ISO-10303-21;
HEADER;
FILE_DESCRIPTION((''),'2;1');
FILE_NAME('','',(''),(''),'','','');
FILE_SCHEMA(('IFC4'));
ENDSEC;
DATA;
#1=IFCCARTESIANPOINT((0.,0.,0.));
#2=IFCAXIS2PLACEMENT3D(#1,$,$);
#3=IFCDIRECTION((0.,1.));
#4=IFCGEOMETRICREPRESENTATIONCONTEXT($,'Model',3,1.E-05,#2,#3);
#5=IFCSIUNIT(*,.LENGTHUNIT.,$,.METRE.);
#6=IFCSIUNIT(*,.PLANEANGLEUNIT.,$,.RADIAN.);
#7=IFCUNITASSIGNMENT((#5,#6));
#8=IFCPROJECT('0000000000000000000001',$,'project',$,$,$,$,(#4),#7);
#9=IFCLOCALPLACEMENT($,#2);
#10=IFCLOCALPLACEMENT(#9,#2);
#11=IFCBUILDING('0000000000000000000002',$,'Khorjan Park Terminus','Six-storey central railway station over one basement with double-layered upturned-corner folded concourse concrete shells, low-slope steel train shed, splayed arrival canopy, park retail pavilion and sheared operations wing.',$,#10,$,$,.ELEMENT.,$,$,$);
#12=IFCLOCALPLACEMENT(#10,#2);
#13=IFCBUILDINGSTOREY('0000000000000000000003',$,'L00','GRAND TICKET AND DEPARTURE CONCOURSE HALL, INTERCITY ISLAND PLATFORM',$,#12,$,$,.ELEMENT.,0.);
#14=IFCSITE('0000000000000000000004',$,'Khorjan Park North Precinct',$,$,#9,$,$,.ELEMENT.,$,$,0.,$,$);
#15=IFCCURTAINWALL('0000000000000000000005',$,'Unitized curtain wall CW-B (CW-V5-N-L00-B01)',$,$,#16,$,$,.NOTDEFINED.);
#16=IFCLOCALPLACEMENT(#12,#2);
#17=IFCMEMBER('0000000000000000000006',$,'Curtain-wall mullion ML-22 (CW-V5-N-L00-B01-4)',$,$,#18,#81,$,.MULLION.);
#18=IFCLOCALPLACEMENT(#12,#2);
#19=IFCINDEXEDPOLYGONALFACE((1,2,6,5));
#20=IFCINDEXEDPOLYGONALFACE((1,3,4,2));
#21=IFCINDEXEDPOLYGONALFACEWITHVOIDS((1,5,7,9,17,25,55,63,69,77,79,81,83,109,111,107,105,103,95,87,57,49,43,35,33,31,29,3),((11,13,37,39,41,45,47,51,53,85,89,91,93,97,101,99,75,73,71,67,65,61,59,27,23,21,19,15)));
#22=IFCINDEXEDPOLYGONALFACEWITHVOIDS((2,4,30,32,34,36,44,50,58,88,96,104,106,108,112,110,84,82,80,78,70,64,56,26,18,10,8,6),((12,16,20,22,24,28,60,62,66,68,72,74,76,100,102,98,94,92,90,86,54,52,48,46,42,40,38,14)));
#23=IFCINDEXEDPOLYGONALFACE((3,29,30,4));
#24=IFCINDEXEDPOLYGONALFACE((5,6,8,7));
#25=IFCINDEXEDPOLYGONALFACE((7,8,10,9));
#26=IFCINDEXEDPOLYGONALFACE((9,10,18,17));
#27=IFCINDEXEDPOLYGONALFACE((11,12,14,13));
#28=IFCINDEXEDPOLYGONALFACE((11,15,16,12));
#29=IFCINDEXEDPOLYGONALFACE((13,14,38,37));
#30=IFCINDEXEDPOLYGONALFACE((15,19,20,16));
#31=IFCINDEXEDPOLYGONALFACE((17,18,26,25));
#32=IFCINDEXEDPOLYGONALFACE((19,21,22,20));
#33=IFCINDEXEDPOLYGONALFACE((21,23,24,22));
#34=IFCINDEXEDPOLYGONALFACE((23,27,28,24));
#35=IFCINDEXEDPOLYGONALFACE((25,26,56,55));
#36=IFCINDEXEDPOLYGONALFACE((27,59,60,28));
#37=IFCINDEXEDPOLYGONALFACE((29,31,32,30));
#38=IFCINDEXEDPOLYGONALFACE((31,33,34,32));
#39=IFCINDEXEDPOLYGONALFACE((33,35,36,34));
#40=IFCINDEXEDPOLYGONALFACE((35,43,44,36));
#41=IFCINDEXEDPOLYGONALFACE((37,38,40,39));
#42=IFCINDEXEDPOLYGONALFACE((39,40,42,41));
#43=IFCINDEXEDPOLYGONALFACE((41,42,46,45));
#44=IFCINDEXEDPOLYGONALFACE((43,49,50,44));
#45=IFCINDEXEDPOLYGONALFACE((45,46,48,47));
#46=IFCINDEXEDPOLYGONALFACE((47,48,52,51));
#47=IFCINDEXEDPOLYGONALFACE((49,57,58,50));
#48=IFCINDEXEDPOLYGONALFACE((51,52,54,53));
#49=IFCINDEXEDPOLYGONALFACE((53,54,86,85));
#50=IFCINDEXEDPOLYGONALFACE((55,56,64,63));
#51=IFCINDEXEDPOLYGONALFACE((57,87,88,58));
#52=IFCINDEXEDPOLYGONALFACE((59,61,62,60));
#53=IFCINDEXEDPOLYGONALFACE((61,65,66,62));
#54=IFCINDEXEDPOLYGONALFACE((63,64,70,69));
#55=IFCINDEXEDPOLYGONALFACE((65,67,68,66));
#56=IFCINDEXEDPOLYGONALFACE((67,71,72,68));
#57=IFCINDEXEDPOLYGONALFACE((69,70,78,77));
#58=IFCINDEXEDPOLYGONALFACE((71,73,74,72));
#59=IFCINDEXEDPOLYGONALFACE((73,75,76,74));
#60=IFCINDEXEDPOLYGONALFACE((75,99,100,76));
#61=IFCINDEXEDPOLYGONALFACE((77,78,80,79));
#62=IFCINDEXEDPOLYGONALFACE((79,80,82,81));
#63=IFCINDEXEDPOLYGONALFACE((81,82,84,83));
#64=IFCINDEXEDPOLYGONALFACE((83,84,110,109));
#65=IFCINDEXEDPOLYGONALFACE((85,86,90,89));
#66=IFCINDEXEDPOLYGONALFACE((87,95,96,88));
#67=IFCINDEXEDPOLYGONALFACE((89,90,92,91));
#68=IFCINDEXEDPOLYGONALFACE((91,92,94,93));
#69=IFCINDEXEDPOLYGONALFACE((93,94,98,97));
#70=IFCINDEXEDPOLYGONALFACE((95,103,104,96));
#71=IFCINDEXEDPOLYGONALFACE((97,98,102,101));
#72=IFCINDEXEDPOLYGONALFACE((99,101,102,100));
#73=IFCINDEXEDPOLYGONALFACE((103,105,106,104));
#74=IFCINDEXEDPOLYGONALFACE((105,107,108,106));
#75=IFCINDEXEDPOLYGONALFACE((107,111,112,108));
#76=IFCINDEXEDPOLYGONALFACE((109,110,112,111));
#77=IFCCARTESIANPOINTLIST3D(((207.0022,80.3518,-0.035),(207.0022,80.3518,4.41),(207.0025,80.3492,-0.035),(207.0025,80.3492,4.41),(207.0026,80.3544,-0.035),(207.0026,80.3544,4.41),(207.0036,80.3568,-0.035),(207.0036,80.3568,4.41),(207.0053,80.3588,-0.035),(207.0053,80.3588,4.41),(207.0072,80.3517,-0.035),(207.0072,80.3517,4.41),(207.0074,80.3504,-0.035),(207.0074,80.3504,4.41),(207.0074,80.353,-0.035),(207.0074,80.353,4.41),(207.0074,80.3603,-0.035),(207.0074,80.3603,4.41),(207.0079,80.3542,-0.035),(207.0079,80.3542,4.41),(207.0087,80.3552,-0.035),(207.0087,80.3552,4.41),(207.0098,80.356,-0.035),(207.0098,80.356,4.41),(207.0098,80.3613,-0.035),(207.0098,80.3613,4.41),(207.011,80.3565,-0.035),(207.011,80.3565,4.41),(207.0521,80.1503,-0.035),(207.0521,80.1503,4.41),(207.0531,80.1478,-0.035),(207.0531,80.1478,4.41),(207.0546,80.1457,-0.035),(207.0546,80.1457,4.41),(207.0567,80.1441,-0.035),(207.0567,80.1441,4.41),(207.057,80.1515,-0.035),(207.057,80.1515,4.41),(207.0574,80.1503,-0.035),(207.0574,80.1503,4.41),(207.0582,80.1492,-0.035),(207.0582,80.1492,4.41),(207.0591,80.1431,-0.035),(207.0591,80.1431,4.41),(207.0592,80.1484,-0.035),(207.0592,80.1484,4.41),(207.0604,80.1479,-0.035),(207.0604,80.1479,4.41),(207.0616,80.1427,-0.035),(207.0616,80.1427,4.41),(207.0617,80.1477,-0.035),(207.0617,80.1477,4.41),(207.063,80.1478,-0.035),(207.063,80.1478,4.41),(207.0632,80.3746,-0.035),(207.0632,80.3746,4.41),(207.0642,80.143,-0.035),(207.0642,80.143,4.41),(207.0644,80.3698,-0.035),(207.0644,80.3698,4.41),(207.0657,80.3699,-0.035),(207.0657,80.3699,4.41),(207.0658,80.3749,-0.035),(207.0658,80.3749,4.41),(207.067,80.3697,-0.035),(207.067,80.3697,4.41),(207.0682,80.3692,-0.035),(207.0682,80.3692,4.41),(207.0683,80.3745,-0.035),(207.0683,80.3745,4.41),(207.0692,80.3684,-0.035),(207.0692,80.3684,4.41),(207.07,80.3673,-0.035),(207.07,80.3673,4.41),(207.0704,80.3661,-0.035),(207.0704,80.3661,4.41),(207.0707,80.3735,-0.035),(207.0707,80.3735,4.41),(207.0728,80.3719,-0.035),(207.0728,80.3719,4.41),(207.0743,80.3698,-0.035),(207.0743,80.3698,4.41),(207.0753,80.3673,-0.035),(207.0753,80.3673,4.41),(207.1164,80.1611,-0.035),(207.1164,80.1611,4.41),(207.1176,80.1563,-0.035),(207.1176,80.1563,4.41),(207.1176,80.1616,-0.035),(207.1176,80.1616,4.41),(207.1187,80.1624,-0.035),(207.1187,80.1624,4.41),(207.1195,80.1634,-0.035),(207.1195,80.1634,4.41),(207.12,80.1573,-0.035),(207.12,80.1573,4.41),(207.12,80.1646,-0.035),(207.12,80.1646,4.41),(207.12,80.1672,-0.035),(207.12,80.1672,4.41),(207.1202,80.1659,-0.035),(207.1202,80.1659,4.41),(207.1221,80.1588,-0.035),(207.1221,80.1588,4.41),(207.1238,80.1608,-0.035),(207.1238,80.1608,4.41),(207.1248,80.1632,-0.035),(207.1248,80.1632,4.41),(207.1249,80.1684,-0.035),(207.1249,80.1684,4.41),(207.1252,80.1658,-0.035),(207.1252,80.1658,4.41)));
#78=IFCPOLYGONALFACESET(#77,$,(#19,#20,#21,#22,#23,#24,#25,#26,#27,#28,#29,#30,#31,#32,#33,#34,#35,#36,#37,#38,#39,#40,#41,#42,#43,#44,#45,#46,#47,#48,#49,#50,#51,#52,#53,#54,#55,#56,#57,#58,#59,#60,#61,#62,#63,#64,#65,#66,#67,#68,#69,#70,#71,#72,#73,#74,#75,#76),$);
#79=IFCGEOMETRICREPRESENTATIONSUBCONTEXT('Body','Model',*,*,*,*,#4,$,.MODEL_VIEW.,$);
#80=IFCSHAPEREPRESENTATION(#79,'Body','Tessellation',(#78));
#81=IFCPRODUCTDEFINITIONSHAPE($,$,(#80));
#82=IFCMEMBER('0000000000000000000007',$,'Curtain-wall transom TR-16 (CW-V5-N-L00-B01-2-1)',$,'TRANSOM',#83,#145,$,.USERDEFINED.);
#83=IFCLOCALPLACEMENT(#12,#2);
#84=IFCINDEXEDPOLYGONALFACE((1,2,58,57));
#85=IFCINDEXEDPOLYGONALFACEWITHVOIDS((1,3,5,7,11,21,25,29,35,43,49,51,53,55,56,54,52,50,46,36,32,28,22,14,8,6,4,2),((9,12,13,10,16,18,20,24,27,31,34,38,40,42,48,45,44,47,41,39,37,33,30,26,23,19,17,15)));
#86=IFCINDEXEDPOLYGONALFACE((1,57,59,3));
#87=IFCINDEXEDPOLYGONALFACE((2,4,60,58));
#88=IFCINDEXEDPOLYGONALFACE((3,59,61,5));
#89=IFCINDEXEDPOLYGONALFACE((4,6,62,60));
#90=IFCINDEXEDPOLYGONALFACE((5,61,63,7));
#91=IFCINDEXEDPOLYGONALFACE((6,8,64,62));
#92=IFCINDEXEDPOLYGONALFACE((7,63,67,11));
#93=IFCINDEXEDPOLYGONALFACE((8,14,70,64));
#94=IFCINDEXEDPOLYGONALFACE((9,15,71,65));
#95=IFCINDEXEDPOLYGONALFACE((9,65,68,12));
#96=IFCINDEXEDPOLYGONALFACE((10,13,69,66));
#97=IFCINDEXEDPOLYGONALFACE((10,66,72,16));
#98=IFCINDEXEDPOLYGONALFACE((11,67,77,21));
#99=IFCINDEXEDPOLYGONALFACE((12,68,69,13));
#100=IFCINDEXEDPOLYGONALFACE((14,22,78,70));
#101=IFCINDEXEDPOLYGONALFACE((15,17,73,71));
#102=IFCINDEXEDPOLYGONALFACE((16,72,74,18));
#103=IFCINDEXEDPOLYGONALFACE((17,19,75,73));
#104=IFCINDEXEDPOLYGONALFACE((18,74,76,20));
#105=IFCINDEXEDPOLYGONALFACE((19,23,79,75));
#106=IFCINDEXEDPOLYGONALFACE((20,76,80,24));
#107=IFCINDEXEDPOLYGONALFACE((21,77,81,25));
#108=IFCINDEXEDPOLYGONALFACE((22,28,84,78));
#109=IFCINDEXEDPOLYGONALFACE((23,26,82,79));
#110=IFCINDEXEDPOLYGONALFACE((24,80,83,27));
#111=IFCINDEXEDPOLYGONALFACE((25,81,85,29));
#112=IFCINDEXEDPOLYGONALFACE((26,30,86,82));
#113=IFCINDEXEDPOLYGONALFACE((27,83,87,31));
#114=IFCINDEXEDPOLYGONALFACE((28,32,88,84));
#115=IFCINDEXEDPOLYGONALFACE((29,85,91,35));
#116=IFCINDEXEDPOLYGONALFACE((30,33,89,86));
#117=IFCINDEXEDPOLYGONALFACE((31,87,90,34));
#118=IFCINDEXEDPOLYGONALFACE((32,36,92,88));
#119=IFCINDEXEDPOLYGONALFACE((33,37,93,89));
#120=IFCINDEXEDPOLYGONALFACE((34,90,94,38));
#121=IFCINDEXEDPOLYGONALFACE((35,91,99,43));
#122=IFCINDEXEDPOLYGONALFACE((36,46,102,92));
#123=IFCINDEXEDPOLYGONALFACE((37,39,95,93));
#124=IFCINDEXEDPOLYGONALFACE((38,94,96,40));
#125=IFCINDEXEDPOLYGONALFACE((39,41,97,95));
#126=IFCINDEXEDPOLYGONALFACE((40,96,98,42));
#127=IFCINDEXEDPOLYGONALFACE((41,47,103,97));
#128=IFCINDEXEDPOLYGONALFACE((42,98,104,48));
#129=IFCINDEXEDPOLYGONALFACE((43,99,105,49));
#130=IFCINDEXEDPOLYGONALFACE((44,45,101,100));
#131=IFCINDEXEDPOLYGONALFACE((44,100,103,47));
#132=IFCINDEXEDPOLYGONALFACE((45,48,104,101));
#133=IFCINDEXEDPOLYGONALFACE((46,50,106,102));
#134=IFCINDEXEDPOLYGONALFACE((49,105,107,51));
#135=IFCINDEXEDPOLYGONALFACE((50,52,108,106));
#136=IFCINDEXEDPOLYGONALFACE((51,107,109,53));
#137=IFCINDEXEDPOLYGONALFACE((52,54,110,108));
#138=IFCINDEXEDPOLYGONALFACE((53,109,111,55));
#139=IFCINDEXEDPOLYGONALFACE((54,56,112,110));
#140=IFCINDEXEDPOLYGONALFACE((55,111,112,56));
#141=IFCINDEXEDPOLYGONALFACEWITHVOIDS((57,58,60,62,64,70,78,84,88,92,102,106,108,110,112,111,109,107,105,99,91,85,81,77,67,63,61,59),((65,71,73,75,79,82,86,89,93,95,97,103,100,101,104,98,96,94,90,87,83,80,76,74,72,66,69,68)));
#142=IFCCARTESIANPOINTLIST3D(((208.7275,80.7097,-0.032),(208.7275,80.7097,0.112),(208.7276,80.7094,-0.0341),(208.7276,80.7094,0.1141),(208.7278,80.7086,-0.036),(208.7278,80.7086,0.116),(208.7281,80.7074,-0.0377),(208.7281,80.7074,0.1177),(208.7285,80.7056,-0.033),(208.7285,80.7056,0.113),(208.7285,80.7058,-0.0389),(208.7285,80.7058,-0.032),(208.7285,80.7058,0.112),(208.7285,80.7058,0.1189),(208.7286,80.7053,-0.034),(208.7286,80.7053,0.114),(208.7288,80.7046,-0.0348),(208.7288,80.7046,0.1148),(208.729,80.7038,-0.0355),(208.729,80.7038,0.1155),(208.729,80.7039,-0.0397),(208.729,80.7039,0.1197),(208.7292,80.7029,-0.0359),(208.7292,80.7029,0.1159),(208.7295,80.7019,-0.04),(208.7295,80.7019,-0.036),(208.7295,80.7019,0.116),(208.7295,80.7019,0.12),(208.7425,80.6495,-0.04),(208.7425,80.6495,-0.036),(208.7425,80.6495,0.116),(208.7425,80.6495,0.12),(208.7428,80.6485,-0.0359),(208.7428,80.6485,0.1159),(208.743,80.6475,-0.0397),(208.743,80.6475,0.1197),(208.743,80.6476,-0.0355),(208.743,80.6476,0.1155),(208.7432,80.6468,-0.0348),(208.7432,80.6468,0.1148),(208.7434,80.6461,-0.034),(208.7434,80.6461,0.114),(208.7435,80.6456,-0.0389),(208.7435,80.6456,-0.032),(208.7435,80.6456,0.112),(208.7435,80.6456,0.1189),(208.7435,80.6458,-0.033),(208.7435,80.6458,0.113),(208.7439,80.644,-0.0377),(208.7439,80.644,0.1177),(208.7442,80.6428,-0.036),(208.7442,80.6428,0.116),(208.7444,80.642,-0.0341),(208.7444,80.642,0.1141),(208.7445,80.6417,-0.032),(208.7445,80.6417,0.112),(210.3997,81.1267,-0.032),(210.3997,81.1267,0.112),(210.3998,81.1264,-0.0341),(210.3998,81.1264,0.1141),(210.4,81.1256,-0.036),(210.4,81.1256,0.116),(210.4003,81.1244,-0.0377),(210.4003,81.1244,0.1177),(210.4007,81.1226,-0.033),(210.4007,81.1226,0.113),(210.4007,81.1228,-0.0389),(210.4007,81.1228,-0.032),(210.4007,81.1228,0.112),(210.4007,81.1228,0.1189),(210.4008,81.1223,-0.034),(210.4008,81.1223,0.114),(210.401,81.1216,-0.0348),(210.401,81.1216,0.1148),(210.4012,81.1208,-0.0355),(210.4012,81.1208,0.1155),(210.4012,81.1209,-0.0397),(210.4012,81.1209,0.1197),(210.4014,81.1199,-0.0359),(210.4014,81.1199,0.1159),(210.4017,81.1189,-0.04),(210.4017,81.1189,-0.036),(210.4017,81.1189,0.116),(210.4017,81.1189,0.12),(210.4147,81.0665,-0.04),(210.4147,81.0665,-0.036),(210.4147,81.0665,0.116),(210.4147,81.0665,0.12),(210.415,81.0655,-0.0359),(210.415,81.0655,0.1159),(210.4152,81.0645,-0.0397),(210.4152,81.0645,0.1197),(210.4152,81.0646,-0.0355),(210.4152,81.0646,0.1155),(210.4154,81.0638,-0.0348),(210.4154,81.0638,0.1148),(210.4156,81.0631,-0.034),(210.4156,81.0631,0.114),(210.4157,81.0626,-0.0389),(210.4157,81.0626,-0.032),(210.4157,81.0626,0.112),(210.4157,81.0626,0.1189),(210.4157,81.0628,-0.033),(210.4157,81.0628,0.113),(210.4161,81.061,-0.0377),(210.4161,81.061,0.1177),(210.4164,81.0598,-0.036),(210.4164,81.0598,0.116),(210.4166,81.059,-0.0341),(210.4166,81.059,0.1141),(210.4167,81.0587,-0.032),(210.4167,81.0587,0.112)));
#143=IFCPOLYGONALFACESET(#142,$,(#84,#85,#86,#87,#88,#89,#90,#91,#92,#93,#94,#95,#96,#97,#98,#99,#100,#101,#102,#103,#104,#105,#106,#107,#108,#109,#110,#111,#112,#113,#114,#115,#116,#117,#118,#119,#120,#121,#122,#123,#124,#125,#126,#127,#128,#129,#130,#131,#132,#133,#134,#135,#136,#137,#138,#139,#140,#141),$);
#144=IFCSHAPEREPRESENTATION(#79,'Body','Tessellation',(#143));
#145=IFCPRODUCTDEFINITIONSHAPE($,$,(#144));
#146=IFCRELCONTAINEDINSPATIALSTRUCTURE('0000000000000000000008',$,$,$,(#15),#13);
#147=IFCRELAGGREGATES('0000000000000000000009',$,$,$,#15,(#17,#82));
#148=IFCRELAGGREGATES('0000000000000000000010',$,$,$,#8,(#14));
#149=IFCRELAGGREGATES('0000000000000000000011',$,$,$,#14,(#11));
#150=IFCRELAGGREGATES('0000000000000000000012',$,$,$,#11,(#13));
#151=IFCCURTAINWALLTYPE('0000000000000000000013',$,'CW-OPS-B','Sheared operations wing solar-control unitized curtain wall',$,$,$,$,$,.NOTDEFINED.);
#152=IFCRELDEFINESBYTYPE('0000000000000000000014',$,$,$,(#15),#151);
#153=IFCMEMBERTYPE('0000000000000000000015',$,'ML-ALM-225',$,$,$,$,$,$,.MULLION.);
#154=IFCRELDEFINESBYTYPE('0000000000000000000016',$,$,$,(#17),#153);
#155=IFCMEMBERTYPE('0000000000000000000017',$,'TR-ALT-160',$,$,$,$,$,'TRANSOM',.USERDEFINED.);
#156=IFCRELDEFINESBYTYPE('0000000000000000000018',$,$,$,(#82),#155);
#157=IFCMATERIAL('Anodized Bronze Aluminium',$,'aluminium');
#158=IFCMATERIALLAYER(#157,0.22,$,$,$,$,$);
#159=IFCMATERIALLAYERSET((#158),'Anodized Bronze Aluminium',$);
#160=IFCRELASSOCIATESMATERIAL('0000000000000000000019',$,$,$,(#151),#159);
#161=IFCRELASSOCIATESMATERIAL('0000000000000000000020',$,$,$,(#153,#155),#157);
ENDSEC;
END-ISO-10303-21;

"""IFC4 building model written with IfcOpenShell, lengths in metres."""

from ifc_helpers import new_model, si_unit, direction, frame, origin, origin_2d, place, context, subcontext, project, spatial, hollow_rectangle, extrude, material, layer, layer_set, material_profile, profile_set, type_object, element, aggregate, save


model = new_model("IFC4")

# Units and contexts
model_context = context("Model", 3, precision=1e-05, world=origin(), true_north=direction((0.0, 1.0)))
body_context = subcontext(model_context, "Body", "Model", "MODEL_VIEW")
ifc_project = project(units=[si_unit("LENGTHUNIT", "METRE"), si_unit("PLANEANGLEUNIT", "RADIAN")], contexts=[model_context])

# Site, building, storey
site_placement = place(None, origin())
site = spatial("IfcSite", under=ifc_project, at=site_placement, Name="Khorjan Park North Precinct", CompositionType="ELEMENT", RefElevation=0.0)
building_placement = place(site_placement, origin())
building = spatial("IfcBuilding", under=site, at=building_placement, Name="Khorjan Park Terminus", Description="Six-storey central railway station over one basement with double-layered upturned-corner folded concourse concrete shells, low-slope steel train shed, splayed arrival canopy, park retail pavilion and sheared operations wing.", CompositionType="ELEMENT")
storey_placement = place(building_placement, origin())
storey = spatial("IfcBuildingStorey", under=building, at=storey_placement, Name="L00", Description="GRAND TICKET AND DEPARTURE CONCOURSE HALL, INTERCITY ISLAND PLATFORM", CompositionType="ELEMENT", Elevation=0.0)

# Curtain wall, members
ifc_material_1 = material(Name="Anodized Bronze Aluminium", Category="aluminium")
ifc_layer_1 = layer(ifc_material_1, 0.22)
ifc_layer_set_1 = layer_set([ifc_layer_1], Name="Anodized Bronze Aluminium")
curtain_wall_type = type_object("IfcCurtainWallType", Name="CW-OPS-B", Description="Sheared operations wing solar-control unitized curtain wall", PredefinedType="NOTDEFINED", material=ifc_layer_set_1)
curtain_wall_placement = place(storey_placement, origin())
curtain_wall = element("IfcCurtainWall", 1, at=curtain_wall_placement, inside=storey, type_object=curtain_wall_type, Name="Unitized curtain wall CW-B (CW-V5-N-L00-B01)", PredefinedType="NOTDEFINED")
ifc_material_profile_1 = material_profile(ifc_material_1, hollow_rectangle(XDim=0.075, YDim=0.225, WallThickness=0.005, InnerFilletRadius=0.005, OuterFilletRadius=0.01, at=origin_2d()), Name="ALM 75x225x5")
ifc_profile_set_1 = profile_set([ifc_material_profile_1], Name="Anodized Bronze Aluminium")
member_type_1 = type_object("IfcMemberType", Name="ML-ALM-225", PredefinedType="MULLION", material=ifc_profile_set_1)
member_1_placement = place(storey_placement, frame((207.0637, 80.2588, -0.035), z_axis=(0.0, 0.0, 1.0), x_axis=(-0.970294, -0.241928, 0.0)))
member_1 = element("IfcMember", 2, at=member_1_placement, type_object=member_type_1, Name="Curtain-wall mullion ML-22 (CW-V5-N-L00-B01-4)", PredefinedType="MULLION", context=body_context, shape_type="SweptSolid", body=[
    extrude(hollow_rectangle(XDim=0.075, YDim=0.225, WallThickness=0.005, InnerFilletRadius=0.005, OuterFilletRadius=0.01, at=origin_2d()), origin(), (0.0, 0.0, 1.0), 4.445),
])
ifc_material_profile_2 = material_profile(ifc_material_1, hollow_rectangle(XDim=0.07, YDim=0.16, WallThickness=0.004, InnerFilletRadius=0.004, OuterFilletRadius=0.008, at=origin_2d()), Name="ALT 70x160x4")
ifc_profile_set_2 = profile_set([ifc_material_profile_2], Name="Anodized Bronze Aluminium")
member_type_2 = type_object("IfcMemberType", Name="TR-ALT-160", ElementType="TRANSOM", PredefinedType="USERDEFINED", material=ifc_profile_set_2)
member_2_placement = place(storey_placement, frame((210.4082, 81.0927, 0.04), z_axis=(-0.970286, -0.241962, 0.0), x_axis=(0.241962, -0.970286, 0.0)))
member_2 = element("IfcMember", 3, at=member_2_placement, type_object=member_type_2, Name="Curtain-wall transom TR-16 (CW-V5-N-L00-B01-2-1)", ObjectType="TRANSOM", PredefinedType="USERDEFINED", context=body_context, shape_type="SweptSolid", body=[
    extrude(hollow_rectangle(XDim=0.07, YDim=0.16, WallThickness=0.004, InnerFilletRadius=0.004, OuterFilletRadius=0.008, at=origin_2d()), origin(), (0.0, 0.0, 1.0), 1.7234),
])
aggregate(curtain_wall, [member_1, member_2])

save(model, "model.ifc")
